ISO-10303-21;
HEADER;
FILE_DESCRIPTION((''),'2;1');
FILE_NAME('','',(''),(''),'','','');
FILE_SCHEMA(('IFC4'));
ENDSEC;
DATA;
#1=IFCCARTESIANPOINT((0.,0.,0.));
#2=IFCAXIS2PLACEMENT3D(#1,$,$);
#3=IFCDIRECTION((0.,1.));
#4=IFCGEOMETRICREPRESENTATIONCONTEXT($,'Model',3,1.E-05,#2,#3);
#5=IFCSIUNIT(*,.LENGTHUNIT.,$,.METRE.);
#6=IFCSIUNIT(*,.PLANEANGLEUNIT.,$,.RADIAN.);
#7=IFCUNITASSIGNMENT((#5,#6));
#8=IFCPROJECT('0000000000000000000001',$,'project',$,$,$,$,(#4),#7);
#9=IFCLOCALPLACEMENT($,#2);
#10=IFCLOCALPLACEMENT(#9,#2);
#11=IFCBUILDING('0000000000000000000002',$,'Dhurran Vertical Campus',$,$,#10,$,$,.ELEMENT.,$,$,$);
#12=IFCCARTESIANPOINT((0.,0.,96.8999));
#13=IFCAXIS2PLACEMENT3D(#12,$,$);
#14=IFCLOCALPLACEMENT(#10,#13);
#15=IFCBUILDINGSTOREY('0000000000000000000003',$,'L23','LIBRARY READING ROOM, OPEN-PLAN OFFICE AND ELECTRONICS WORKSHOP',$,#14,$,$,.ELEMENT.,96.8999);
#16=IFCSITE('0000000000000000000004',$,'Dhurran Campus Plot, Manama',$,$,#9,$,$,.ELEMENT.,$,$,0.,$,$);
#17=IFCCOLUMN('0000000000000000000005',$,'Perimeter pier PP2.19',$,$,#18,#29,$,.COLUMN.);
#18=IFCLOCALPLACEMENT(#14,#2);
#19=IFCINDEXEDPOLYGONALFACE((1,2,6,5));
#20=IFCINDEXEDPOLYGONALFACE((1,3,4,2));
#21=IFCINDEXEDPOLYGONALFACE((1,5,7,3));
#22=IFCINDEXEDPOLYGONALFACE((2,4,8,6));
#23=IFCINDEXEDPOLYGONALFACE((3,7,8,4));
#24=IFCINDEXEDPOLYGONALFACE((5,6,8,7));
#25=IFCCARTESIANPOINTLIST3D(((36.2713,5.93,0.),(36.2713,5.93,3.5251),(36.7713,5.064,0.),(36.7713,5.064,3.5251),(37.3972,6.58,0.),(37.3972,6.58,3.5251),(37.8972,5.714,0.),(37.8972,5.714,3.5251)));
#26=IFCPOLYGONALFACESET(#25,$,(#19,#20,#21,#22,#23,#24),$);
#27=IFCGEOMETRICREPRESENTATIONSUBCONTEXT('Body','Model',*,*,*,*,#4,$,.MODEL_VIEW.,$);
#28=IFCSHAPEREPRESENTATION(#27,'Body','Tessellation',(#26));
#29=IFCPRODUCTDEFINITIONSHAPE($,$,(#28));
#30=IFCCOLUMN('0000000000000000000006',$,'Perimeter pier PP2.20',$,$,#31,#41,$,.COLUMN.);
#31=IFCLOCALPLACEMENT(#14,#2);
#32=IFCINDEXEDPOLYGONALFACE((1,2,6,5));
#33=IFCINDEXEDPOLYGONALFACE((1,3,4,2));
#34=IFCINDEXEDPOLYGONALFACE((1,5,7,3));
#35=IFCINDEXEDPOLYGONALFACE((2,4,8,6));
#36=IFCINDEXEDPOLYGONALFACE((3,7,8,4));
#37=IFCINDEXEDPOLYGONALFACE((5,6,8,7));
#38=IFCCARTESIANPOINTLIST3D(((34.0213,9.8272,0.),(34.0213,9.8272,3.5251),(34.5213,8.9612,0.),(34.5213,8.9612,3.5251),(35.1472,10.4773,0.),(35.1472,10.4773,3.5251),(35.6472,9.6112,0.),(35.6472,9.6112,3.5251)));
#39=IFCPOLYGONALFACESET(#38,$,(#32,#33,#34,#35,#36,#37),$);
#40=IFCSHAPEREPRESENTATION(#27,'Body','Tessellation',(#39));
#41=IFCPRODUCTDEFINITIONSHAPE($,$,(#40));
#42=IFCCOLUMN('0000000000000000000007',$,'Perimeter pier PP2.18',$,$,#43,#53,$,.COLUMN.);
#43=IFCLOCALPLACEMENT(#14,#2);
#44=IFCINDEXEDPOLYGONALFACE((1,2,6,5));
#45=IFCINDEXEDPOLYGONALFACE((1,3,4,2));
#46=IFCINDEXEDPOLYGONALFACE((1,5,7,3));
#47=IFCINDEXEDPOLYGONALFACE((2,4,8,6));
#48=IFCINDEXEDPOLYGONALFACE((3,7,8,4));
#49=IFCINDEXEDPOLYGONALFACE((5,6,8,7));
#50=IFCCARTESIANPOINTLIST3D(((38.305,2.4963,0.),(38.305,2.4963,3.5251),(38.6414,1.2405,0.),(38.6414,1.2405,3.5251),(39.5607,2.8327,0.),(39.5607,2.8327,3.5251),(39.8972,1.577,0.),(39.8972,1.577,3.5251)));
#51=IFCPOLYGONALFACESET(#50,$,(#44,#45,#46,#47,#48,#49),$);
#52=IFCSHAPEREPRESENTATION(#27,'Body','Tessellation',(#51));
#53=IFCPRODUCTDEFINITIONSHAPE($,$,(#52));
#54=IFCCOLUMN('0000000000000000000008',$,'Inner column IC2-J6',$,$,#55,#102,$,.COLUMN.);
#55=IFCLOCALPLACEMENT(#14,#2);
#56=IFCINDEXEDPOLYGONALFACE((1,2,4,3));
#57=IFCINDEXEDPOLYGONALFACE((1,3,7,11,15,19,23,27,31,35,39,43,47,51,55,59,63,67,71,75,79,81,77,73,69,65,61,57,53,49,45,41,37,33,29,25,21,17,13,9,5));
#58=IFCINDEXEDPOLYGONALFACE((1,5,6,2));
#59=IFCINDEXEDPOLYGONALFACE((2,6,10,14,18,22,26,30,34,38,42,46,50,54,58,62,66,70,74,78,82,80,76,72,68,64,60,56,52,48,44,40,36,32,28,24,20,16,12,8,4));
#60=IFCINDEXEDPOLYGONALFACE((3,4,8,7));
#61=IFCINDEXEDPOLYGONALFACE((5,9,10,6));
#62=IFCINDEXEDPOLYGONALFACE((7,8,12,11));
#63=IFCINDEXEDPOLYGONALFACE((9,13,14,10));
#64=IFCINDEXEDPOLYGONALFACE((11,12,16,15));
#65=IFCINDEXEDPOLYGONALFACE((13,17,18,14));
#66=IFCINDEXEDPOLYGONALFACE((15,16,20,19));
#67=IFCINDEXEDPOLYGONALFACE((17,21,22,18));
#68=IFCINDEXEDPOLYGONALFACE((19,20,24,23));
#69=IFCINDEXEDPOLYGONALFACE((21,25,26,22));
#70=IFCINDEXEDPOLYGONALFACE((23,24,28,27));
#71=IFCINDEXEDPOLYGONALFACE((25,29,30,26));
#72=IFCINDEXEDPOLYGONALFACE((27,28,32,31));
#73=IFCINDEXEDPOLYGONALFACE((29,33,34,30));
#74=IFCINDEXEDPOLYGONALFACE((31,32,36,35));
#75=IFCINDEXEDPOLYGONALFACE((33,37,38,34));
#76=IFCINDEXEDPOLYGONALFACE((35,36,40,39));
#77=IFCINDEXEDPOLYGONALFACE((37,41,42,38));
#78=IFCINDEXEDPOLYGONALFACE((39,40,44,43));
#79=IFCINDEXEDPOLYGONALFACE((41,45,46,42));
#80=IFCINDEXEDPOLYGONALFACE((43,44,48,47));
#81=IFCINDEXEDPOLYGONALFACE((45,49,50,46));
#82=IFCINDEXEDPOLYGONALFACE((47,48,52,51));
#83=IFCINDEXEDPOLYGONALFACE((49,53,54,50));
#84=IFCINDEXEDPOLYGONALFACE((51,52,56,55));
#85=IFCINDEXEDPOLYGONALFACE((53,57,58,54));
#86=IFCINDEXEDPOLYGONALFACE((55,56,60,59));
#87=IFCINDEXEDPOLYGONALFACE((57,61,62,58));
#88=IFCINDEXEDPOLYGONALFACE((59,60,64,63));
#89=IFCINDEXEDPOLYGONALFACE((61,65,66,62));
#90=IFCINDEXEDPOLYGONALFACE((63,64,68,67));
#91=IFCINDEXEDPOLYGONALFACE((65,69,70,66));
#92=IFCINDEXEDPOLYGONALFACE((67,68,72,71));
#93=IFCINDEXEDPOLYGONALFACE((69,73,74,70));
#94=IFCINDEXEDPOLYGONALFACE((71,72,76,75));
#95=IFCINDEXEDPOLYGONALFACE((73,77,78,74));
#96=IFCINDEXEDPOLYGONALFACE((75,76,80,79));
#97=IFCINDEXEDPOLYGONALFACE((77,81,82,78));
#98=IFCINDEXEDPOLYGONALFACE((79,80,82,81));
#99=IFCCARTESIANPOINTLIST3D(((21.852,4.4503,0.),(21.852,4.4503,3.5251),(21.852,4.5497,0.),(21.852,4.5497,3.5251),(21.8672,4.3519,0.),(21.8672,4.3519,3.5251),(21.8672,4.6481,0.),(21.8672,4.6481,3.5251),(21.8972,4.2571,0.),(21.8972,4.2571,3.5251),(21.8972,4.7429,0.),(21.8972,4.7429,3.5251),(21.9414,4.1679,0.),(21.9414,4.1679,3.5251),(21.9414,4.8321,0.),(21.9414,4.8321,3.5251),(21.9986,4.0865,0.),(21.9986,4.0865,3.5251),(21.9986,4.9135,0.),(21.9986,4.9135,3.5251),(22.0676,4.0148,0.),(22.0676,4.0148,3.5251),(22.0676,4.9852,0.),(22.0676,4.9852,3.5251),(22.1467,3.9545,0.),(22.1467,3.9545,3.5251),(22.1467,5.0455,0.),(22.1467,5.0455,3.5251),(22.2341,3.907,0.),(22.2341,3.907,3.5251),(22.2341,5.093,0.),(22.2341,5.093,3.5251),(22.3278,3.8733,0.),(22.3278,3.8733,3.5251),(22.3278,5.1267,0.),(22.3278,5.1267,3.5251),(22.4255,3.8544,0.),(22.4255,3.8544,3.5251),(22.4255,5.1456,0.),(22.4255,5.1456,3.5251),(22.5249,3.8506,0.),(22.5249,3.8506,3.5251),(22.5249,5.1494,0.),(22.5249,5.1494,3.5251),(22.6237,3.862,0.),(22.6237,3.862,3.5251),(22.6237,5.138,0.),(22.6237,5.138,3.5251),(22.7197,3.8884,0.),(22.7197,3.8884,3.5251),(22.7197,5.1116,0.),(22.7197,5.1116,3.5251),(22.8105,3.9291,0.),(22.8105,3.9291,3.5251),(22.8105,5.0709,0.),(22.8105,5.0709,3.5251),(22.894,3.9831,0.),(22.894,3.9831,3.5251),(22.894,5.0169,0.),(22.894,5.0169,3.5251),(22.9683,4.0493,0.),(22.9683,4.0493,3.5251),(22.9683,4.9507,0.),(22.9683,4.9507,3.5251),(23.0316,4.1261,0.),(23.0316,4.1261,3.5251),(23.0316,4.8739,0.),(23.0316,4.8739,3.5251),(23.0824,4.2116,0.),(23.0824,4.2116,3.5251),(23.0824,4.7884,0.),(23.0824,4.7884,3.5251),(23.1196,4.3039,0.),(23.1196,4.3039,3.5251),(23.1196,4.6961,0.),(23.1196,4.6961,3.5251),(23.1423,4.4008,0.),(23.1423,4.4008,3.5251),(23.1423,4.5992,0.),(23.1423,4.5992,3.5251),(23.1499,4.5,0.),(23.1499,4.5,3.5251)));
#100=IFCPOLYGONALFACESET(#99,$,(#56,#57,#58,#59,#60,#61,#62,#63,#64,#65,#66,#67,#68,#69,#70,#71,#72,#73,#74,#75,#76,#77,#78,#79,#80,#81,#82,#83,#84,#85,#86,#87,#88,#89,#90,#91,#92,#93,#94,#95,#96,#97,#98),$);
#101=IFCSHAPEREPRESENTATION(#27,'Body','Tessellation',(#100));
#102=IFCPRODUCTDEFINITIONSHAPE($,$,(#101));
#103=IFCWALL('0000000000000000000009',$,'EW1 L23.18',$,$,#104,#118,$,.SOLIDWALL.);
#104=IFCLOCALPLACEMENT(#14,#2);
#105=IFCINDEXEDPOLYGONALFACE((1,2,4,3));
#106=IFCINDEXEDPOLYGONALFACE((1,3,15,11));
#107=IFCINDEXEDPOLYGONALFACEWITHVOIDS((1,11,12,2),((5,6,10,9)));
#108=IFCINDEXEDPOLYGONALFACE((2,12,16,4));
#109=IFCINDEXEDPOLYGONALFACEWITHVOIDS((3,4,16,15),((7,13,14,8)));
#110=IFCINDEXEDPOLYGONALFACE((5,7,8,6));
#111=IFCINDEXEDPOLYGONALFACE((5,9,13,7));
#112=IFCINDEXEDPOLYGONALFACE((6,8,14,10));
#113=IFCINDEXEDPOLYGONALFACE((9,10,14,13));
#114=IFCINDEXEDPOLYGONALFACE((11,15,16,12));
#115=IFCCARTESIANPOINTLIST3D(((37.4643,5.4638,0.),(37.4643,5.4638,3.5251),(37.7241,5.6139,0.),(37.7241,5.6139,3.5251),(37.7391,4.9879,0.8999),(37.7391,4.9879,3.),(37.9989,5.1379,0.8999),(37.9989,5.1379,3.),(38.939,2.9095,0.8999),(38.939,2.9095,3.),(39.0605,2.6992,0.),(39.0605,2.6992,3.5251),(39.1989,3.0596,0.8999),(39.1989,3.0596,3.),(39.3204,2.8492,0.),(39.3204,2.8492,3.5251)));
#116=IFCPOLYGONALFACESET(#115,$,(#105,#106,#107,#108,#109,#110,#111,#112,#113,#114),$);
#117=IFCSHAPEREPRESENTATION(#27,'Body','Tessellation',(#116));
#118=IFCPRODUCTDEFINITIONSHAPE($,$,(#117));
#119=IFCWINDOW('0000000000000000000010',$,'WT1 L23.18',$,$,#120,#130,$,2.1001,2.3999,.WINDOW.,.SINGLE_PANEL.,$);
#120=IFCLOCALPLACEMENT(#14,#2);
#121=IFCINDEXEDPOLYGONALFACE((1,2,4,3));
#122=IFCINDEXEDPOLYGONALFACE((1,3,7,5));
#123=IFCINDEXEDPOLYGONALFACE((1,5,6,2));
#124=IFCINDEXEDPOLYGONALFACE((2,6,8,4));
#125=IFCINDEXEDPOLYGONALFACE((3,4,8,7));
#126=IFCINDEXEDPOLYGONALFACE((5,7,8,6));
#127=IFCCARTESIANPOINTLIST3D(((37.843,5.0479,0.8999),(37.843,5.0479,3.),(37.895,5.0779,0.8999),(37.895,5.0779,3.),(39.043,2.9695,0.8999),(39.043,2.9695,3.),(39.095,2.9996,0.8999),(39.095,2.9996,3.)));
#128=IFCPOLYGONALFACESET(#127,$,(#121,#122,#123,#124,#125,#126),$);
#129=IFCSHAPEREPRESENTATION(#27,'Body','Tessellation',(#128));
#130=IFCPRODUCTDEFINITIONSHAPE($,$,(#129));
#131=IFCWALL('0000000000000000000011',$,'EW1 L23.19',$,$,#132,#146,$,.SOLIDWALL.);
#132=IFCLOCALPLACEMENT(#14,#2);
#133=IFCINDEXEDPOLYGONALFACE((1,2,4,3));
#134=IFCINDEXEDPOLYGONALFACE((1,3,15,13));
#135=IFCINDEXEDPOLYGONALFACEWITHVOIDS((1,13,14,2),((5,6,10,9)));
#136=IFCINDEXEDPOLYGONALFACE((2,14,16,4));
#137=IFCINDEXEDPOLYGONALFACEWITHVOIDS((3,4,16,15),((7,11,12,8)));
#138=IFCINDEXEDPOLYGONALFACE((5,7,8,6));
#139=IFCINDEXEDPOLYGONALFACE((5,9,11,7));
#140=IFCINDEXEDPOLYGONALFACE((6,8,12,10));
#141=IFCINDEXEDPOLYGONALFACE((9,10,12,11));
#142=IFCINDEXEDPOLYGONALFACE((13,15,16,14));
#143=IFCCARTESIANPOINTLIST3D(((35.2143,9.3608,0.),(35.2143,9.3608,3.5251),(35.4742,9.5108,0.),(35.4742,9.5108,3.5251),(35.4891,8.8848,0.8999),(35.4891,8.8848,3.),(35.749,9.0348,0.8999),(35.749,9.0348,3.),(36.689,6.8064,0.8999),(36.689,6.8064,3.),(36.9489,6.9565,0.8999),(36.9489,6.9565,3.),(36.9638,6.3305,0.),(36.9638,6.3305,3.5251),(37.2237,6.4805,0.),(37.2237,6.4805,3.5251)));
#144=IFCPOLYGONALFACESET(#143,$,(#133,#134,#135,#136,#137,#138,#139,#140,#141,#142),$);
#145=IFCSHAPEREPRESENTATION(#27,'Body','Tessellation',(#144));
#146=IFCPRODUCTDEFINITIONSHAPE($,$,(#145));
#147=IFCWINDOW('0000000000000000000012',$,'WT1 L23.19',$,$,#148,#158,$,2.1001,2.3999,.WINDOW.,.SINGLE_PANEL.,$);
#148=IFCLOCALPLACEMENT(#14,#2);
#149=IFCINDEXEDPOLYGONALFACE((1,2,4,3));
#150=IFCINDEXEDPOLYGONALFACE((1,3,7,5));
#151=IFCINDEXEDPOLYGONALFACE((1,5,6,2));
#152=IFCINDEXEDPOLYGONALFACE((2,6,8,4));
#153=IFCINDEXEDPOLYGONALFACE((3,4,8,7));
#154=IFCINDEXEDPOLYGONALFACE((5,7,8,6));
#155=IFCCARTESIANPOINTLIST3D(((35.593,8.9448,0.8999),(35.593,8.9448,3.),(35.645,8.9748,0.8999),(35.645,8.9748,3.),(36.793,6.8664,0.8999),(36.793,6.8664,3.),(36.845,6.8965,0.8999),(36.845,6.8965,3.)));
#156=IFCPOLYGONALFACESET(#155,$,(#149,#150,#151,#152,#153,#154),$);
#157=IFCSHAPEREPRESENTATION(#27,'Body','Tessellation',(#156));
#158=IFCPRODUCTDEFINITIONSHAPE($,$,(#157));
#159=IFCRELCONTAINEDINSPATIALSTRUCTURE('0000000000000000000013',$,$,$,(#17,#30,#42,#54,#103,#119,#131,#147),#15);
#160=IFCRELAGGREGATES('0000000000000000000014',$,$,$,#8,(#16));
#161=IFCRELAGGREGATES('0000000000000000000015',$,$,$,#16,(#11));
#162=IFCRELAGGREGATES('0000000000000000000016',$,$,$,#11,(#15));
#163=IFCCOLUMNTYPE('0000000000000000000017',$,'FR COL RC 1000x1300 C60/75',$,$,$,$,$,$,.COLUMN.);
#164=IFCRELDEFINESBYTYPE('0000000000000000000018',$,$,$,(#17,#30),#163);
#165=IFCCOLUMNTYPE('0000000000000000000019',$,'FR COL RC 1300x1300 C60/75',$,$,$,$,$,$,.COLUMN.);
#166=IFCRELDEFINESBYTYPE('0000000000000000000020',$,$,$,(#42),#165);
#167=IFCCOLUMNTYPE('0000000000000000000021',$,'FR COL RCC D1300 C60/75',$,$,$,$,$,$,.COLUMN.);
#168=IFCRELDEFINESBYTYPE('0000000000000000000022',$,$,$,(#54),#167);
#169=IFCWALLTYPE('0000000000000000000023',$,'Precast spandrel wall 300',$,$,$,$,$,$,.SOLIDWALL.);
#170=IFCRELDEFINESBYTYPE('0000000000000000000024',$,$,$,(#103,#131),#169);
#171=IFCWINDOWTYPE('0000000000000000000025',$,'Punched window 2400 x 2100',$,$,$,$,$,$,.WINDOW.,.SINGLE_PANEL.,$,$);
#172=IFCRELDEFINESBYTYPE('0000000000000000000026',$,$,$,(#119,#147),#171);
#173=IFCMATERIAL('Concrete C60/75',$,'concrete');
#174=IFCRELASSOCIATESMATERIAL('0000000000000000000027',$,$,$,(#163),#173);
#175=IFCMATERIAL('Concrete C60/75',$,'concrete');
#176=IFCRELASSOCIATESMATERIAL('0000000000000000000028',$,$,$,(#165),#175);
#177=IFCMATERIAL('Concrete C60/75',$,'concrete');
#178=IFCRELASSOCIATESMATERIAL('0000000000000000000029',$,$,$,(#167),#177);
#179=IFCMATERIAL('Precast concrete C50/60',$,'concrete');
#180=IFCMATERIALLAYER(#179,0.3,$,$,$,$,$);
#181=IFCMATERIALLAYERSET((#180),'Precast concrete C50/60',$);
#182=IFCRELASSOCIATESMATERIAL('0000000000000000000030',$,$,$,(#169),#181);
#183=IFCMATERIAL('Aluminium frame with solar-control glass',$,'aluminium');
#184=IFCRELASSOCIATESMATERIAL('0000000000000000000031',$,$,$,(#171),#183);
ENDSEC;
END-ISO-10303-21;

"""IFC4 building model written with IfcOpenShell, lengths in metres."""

from ifc_helpers import new_model, si_unit, direction, frame, frame_2d, origin, origin_2d, place, context, subcontext, project, spatial, rectangle, circle, extrude, material, layer, layer_set, material_profile, profile_set, type_object, element, fill, save


model = new_model("IFC4")

# Units and contexts
model_context = context("Model", 3, precision=1e-05, world=origin(), true_north=direction((0.0, 1.0)))
body_context = subcontext(model_context, "Body", "Model", "MODEL_VIEW")
ifc_project = project(units=[si_unit("LENGTHUNIT", "METRE"), si_unit("PLANEANGLEUNIT", "RADIAN")], contexts=[model_context])

# Site, building, storey
site_placement = place(None, origin())
site = spatial("IfcSite", under=ifc_project, at=site_placement, Name="Dhurran Campus Plot, Manama", CompositionType="ELEMENT", RefElevation=0.0)
building_placement = place(site_placement, origin())
building = spatial("IfcBuilding", under=site, at=building_placement, Name="Dhurran Vertical Campus", CompositionType="ELEMENT")
storey_placement = place(building_placement, frame((0.0, 0.0, 96.8999)))
storey = spatial("IfcBuildingStorey", under=building, at=storey_placement, Name="L23", Description="LIBRARY READING ROOM, OPEN-PLAN OFFICE AND ELECTRONICS WORKSHOP", CompositionType="ELEMENT", Elevation=96.8999)

# Columns
ifc_material_1 = material(Name="Concrete C60/75", Category="concrete")
ifc_material_profile_1 = material_profile(ifc_material_1, rectangle(XDim=1.0, YDim=1.3, at=origin_2d()), Name="RC 1000x1300")
ifc_profile_set_1 = profile_set([ifc_material_profile_1], Name="Concrete C60/75")
column_type_1 = type_object("IfcColumnType", Name="FR COL RC 1000x1300 C60/75", PredefinedType="COLUMN", material=ifc_profile_set_1)
for number, where, z_axis, x_axis, name in (
    (1, (37.0842, 5.822, 0.0), (0.0, 0.0, 1.0), (-0.5, 0.866025, 0.0), "Perimeter pier PP2.19"),
    (2, (34.8342, 9.7192, 0.0), (0.0, 0.0, 1.0), (-0.5, 0.866025, 0.0), "Perimeter pier PP2.20"),
):
    element("IfcColumn", number, at=place(storey_placement, frame(where, z_axis=z_axis, x_axis=x_axis)), inside=storey, type_object=column_type_1, Name=name, PredefinedType="COLUMN", context=body_context, shape_type="SweptSolid", body=[
        extrude(rectangle(XDim=1.0, YDim=1.3, at=origin_2d()), origin(), (0.0, 0.0, 1.0), 3.5251),
    ])
ifc_material_2 = material(Name="Concrete C60/75", Category="concrete")
ifc_material_profile_2 = material_profile(ifc_material_2, rectangle(XDim=1.3, YDim=1.3, at=origin_2d()), Name="RC 1300x1300")
ifc_profile_set_2 = profile_set([ifc_material_profile_2], Name="Concrete C60/75")
column_type_2 = type_object("IfcColumnType", Name="FR COL RC 1300x1300 C60/75", PredefinedType="COLUMN", material=ifc_profile_set_2)
column_1_placement = place(storey_placement, frame((39.1011, 2.0366, 0.0), z_axis=(0.0, 0.0, 1.0), x_axis=(-0.258819, 0.965926, 0.0)))
element("IfcColumn", 3, at=column_1_placement, inside=storey, type_object=column_type_2, Name="Perimeter pier PP2.18", PredefinedType="COLUMN", context=body_context, shape_type="SweptSolid", body=[
    extrude(rectangle(XDim=1.3, YDim=1.3, at=origin_2d()), origin(), (0.0, 0.0, 1.0), 3.5251),
])
ifc_material_3 = material(Name="Concrete C60/75", Category="concrete")
ifc_material_profile_3 = material_profile(ifc_material_3, circle(Radius=0.6499, at=origin_2d()), Name="RCC D1300")
ifc_profile_set_3 = profile_set([ifc_material_profile_3], Name="Concrete C60/75")
column_type_3 = type_object("IfcColumnType", Name="FR COL RCC D1300 C60/75", PredefinedType="COLUMN", material=ifc_profile_set_3)
column_2_placement = place(storey_placement, frame((22.5, 4.5, 0.0), z_axis=(0.0, 0.0, 1.0), x_axis=(1.0, 0.0, 0.0)))
element("IfcColumn", 4, at=column_2_placement, inside=storey, type_object=column_type_3, Name="Inner column IC2-J6", PredefinedType="COLUMN", context=body_context, shape_type="SweptSolid", body=[
    extrude(circle(Radius=0.6499, at=origin_2d()), origin(), (0.0, 0.0, 1.0), 3.5251),
])

# Walls, openings, windows
ifc_material_4 = material(Name="Precast concrete C50/60", Category="concrete")
ifc_layer_1 = layer(ifc_material_4, 0.3)
ifc_layer_set_1 = layer_set([ifc_layer_1], Name="Precast concrete C50/60")
wall_type_1 = type_object("IfcWallType", Name="Precast spandrel wall 300", PredefinedType="SOLIDWALL", material=ifc_layer_set_1)
wall_1_placement = place(storey_placement, frame((39.1904, 2.7742, 0.0), z_axis=(0.0, 0.0, 1.0), x_axis=(-0.500005, 0.866023, 0.0)))
wall_1 = element("IfcWall", 5, at=wall_1_placement, inside=storey, type_object=wall_type_1, Name="EW1 L23.18", PredefinedType="SOLIDWALL", context=body_context, shape_type="SweptSolid", body=[
    extrude(rectangle(XDim=3.1924, YDim=0.3, at=frame_2d((1.5962, 0.0))), origin(), (0.0, 0.0, 1.0), 3.5251),
])
opening_1_placement = place(wall_1_placement, frame((0.2429, 0.0, 0.8999)))
opening_1 = element("IfcOpeningElement", 6, at=opening_1_placement, cuts=wall_1, PredefinedType="OPENING", context=body_context, shape_type="SweptSolid", body=[
    extrude(rectangle(XDim=2.3999, YDim=2.1001, at=frame_2d((1.2, 1.05))), frame((0.0, 0.1599, 0.0), z_axis=(0.0, -1.0, 0.0), x_axis=(1.0, 0.0, 0.0)), (0.0, 0.0, 1.0), 0.3201),
])
ifc_material_5 = material(Name="Aluminium frame with solar-control glass", Category="aluminium")
window_type = type_object("IfcWindowType", Name="Punched window 2400 x 2100", PartitioningType="SINGLE_PANEL", PredefinedType="WINDOW", material=ifc_material_5)
window_1_placement = place(opening_1_placement, origin())
window_1 = element("IfcWindow", 7, at=window_1_placement, inside=storey, type_object=window_type, Name="WT1 L23.18", OverallHeight=2.1001, OverallWidth=2.3999, PartitioningType="SINGLE_PANEL", PredefinedType="WINDOW", context=body_context, shape_type="SweptSolid", body=[
    extrude(rectangle(XDim=2.3999, YDim=2.1001, at=frame_2d((1.2, 1.05))), frame((0.0, 0.03, 0.0), z_axis=(0.0, -1.0, 0.0), x_axis=(1.0, 0.0, 0.0)), (0.0, 0.0, 1.0), 0.0601),
])
fill(opening_1, window_1)
wall_2_placement = place(storey_placement, frame((37.0938, 6.4055, 0.0), z_axis=(0.0, 0.0, 1.0), x_axis=(-0.499996, 0.866028, 0.0)))
wall_2 = element("IfcWall", 8, at=wall_2_placement, inside=storey, type_object=wall_type_1, Name="EW1 L23.19", PredefinedType="SOLIDWALL", context=body_context, shape_type="SweptSolid", body=[
    extrude(rectangle(XDim=3.499, YDim=0.3, at=frame_2d((1.7495, 0.0))), origin(), (0.0, 0.0, 1.0), 3.5251),
])
opening_2_placement = place(wall_2_placement, frame((0.5496, 0.0, 0.8999)))
opening_2 = element("IfcOpeningElement", 9, at=opening_2_placement, cuts=wall_2, PredefinedType="OPENING", context=body_context, shape_type="SweptSolid", body=[
    extrude(rectangle(XDim=2.3999, YDim=2.1001, at=frame_2d((1.2, 1.05))), frame((0.0, 0.1599, 0.0), z_axis=(0.0, -1.0, 0.0), x_axis=(1.0, 0.0, 0.0)), (0.0, 0.0, 1.0), 0.3201),
])
window_2_placement = place(opening_2_placement, origin())
window_2 = element("IfcWindow", 10, at=window_2_placement, inside=storey, type_object=window_type, Name="WT1 L23.19", OverallHeight=2.1001, OverallWidth=2.3999, PartitioningType="SINGLE_PANEL", PredefinedType="WINDOW", context=body_context, shape_type="SweptSolid", body=[
    extrude(rectangle(XDim=2.3999, YDim=2.1001, at=frame_2d((1.2, 1.05))), frame((0.0, 0.03, 0.0), z_axis=(0.0, -1.0, 0.0), x_axis=(1.0, 0.0, 0.0)), (0.0, 0.0, 1.0), 0.0601),
])
fill(opening_2, window_2)

save(model, "model.ifc")
